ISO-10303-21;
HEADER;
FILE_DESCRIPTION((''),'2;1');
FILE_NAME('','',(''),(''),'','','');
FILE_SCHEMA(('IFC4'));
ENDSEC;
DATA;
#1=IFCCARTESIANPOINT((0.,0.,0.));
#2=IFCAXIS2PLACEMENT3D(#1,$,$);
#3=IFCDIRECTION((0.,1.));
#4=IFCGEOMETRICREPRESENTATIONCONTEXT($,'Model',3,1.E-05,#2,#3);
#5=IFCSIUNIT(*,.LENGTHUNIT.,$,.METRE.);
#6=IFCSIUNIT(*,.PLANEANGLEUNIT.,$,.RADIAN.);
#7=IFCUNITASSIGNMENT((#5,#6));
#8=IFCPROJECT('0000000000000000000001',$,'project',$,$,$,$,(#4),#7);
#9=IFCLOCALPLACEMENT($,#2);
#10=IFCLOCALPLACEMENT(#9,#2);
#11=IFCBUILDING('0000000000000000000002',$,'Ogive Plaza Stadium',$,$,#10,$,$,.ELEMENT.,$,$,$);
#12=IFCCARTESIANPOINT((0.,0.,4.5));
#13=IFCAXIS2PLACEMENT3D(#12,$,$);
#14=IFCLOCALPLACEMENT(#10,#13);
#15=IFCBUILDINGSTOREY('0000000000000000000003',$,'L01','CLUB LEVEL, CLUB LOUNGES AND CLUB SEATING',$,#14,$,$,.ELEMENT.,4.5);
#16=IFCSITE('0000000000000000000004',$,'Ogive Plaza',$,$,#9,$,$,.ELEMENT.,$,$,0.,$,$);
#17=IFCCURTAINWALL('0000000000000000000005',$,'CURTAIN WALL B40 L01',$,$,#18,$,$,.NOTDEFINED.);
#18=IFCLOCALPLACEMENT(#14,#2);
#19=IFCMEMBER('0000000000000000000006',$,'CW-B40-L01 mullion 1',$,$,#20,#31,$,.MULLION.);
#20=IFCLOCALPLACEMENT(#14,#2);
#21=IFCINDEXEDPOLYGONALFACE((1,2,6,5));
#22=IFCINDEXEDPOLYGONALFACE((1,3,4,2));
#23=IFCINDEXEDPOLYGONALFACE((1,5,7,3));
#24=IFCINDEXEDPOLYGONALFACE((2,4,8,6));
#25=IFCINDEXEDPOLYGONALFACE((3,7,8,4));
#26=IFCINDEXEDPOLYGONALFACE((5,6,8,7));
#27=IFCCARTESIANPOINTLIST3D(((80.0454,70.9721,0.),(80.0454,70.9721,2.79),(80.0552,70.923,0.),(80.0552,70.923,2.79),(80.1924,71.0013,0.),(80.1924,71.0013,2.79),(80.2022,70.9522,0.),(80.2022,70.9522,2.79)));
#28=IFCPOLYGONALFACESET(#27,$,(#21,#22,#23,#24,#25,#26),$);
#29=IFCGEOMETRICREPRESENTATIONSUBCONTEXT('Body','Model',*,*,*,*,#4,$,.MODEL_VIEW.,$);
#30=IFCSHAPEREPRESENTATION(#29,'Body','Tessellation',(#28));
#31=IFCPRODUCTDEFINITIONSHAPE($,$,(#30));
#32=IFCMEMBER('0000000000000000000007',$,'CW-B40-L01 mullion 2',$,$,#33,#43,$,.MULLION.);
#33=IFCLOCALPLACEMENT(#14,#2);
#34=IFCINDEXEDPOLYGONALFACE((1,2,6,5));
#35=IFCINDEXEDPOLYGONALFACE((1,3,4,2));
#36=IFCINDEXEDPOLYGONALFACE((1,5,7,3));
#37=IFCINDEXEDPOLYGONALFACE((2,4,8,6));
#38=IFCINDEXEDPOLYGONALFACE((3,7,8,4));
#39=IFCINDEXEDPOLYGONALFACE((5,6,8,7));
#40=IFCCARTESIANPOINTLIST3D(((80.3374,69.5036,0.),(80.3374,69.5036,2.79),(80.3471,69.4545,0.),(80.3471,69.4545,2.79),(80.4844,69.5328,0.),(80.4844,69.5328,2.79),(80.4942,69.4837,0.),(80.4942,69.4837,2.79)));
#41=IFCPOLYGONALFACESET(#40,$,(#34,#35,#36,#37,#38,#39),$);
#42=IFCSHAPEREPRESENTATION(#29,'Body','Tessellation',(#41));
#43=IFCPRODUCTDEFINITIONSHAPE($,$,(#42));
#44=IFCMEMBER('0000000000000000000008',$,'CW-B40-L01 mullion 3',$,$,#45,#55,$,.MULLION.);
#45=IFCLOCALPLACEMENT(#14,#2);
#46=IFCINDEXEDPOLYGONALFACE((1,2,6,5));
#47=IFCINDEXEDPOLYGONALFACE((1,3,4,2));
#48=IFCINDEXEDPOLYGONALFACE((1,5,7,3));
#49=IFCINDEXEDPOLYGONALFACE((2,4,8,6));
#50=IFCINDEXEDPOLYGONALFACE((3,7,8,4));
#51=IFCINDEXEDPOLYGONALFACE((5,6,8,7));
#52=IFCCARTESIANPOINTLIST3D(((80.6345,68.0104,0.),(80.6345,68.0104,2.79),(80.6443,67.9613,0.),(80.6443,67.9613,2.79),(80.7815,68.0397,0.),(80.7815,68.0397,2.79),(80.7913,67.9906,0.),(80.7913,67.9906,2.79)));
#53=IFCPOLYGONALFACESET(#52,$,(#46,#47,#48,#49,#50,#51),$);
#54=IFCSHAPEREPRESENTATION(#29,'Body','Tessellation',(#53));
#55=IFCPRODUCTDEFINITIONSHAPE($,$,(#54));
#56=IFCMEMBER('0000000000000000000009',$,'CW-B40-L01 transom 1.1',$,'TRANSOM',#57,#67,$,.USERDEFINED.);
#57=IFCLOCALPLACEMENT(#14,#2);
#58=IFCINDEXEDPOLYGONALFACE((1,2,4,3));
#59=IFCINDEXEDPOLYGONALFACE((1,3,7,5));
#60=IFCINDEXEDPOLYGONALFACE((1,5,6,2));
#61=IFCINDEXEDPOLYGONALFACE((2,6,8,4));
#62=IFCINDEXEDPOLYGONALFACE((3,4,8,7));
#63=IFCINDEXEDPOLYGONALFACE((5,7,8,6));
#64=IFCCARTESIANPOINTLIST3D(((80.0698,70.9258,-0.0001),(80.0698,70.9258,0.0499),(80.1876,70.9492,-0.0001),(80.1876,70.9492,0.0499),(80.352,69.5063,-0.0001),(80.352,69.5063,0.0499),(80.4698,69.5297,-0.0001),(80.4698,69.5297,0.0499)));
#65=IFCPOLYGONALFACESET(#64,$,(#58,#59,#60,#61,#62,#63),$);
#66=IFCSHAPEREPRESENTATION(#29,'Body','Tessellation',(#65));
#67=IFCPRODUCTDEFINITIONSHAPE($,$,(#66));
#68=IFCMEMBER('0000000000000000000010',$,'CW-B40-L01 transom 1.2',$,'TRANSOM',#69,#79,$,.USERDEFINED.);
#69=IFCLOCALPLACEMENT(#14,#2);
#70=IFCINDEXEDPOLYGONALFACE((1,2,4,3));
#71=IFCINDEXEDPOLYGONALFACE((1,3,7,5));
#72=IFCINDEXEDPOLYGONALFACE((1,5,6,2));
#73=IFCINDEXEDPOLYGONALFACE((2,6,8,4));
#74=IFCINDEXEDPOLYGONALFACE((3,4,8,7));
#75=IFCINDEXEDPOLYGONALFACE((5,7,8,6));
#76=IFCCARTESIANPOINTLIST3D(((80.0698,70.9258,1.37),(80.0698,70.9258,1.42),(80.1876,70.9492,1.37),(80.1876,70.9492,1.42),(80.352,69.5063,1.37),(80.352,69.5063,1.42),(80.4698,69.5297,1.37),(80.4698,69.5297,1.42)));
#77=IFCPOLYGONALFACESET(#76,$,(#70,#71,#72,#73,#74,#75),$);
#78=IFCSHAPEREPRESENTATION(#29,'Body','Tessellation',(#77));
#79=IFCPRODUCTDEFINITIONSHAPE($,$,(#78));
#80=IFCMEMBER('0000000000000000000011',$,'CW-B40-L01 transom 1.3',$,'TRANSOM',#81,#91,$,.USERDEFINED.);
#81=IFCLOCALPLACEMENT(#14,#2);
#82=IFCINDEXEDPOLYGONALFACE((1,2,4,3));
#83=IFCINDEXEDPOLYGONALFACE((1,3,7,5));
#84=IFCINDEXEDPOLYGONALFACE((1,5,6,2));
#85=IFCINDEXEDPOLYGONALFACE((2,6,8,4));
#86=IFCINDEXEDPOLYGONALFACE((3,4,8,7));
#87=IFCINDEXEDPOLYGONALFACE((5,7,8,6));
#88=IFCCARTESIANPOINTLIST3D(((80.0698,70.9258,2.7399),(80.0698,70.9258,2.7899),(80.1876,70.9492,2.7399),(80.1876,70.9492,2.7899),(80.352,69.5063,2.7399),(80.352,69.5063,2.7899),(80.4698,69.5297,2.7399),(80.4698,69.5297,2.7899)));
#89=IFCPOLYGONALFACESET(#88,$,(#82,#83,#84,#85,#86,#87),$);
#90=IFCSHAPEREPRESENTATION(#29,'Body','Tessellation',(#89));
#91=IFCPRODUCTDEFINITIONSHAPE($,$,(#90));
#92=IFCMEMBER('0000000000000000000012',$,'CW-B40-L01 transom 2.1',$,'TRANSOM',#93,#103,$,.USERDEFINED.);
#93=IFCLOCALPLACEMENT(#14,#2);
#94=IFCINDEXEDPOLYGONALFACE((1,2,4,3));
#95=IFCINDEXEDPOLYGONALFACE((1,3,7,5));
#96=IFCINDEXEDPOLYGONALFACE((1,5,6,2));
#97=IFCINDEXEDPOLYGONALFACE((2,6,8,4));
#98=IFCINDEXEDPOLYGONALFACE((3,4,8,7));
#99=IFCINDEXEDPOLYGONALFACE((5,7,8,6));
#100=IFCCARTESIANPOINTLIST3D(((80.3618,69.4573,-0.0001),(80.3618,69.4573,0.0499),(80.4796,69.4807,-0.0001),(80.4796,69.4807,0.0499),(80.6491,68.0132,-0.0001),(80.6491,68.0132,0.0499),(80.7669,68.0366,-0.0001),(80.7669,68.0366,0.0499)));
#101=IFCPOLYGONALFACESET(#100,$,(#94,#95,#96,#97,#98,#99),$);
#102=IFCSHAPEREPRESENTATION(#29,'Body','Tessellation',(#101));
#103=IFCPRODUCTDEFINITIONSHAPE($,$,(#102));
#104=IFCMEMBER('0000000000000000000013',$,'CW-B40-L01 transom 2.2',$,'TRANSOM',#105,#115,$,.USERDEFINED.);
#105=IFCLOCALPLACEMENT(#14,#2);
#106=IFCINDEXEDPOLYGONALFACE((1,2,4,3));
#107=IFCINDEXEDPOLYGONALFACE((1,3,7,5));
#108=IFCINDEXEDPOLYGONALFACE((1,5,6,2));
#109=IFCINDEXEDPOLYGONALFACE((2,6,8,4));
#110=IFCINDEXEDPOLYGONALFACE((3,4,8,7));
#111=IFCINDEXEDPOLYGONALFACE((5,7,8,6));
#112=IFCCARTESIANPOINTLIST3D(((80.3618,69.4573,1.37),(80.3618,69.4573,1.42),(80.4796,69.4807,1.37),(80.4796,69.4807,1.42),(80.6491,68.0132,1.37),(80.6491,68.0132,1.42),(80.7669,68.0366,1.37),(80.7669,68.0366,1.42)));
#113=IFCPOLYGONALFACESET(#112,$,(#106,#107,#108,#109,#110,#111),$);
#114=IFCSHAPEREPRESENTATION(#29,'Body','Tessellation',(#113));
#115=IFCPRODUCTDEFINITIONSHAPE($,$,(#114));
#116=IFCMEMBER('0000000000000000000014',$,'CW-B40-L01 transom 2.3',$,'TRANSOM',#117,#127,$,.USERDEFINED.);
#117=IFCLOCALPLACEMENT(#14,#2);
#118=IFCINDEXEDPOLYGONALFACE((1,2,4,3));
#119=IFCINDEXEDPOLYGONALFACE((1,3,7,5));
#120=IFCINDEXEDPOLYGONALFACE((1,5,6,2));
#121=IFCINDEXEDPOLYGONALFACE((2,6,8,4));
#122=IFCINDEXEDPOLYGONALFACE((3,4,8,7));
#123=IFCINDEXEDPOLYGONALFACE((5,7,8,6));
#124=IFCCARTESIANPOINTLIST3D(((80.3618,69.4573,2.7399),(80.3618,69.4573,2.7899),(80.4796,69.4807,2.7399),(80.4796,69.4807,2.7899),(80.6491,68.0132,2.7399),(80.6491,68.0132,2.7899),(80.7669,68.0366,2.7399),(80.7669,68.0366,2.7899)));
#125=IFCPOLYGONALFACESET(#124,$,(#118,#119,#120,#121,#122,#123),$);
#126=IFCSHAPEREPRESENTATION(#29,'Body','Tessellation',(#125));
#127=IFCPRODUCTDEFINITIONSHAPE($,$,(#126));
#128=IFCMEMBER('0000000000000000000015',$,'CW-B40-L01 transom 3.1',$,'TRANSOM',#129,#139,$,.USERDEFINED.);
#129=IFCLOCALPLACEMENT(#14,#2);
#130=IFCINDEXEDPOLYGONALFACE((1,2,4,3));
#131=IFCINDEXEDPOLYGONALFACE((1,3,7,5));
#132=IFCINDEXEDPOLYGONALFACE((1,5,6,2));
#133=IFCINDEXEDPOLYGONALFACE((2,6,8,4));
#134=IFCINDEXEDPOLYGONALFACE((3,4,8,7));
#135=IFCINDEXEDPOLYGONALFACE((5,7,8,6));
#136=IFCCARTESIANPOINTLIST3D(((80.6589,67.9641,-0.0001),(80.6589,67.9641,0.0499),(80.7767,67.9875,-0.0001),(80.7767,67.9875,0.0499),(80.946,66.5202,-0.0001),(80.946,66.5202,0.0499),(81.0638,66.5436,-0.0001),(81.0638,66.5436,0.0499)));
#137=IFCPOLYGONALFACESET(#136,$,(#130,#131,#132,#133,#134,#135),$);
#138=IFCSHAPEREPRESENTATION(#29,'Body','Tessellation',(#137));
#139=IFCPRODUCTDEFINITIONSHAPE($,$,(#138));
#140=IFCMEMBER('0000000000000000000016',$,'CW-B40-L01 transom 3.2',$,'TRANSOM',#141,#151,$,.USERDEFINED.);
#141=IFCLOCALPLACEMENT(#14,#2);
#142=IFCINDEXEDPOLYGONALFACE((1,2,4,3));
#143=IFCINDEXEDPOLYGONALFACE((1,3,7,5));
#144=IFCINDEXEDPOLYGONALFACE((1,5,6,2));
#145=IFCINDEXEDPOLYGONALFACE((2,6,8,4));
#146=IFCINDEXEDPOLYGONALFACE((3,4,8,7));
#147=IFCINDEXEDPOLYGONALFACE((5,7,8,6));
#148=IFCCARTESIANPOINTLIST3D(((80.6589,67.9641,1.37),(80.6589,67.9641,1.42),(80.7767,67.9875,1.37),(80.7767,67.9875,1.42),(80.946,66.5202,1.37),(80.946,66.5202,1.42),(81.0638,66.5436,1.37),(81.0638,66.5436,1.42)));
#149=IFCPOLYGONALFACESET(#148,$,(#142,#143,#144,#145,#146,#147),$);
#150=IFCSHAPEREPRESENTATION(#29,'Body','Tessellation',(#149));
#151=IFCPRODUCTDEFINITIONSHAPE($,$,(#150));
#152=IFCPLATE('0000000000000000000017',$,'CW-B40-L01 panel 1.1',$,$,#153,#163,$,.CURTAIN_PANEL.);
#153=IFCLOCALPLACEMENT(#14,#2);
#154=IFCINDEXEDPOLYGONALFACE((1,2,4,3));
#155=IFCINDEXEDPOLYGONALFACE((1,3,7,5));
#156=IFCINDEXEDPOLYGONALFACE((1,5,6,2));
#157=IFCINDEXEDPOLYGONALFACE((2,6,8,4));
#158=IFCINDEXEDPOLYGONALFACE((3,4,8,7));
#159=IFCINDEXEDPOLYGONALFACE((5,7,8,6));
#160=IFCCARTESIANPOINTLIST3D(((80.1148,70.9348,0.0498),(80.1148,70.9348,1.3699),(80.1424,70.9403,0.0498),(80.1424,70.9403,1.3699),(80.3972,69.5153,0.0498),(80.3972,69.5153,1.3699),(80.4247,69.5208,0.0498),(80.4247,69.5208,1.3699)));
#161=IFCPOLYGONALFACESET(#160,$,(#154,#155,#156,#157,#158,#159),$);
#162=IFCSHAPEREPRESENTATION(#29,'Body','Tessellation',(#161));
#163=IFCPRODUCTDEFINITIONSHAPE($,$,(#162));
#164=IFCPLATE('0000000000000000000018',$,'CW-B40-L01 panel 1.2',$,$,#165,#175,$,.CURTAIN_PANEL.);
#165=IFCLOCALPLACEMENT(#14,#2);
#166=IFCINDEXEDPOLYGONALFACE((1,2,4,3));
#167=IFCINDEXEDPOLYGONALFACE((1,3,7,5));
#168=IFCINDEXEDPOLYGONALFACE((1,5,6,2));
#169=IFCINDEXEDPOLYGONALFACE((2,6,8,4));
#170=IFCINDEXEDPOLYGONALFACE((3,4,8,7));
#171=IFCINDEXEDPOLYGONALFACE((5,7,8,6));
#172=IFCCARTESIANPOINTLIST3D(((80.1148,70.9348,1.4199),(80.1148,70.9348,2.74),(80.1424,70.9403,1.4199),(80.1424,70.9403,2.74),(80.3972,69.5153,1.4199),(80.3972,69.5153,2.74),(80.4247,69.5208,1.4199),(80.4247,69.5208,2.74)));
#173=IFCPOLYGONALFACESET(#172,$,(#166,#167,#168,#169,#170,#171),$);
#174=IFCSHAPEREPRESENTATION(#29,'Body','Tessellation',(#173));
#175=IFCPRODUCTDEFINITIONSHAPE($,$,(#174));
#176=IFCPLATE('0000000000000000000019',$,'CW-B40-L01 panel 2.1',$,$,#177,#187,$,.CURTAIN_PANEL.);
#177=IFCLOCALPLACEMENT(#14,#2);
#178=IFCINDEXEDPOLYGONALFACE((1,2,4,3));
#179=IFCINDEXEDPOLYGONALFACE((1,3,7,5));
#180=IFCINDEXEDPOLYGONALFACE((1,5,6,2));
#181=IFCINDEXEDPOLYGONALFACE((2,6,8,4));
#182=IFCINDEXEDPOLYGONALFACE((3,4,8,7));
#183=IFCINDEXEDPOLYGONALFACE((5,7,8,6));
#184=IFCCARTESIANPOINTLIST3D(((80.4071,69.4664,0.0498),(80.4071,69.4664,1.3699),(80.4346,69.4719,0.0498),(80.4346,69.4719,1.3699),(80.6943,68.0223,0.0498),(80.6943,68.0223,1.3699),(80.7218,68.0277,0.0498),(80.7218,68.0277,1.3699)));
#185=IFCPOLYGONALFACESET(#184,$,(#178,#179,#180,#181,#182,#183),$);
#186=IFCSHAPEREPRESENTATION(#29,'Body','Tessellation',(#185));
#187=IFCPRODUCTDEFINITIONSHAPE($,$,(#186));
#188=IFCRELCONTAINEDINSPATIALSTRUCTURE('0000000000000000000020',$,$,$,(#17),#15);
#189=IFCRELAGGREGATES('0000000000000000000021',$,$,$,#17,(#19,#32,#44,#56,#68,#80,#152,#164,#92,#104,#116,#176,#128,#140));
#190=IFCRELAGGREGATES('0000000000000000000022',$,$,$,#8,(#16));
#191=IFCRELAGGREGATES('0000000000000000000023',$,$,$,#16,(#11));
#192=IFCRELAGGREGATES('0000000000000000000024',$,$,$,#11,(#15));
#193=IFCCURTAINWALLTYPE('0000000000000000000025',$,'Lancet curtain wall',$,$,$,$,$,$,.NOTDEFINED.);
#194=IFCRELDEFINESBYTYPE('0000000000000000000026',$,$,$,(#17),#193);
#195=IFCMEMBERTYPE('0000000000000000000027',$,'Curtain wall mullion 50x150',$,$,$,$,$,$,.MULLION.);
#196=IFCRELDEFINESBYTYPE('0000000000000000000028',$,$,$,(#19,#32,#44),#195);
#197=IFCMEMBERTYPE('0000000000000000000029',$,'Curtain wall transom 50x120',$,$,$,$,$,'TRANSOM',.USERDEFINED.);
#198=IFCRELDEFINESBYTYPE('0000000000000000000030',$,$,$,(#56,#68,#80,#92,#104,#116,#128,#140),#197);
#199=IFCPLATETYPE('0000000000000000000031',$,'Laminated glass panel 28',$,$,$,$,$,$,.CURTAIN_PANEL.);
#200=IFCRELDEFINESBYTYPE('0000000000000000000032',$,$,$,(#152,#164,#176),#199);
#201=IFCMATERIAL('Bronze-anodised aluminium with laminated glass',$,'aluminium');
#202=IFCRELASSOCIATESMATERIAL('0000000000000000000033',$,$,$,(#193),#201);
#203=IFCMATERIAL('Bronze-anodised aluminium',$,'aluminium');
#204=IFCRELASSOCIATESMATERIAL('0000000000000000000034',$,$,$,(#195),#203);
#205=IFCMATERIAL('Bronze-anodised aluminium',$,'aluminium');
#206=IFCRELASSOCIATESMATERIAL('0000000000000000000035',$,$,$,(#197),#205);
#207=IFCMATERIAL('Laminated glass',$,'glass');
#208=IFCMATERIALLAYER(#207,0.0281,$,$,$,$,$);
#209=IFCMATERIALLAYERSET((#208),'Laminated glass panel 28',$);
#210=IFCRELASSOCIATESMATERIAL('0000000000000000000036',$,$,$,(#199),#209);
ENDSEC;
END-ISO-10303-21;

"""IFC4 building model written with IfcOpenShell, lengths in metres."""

from ifc_helpers import new_model, si_unit, direction, frame, origin, origin_2d, place, context, subcontext, project, spatial, rectangle, extrude, material, layer, layer_set, material_profile, profile_set, type_object, element, aggregate, save


model = new_model("IFC4")

# Units and contexts
model_context = context("Model", 3, precision=1e-05, world=origin(), true_north=direction((0.0, 1.0)))
body_context = subcontext(model_context, "Body", "Model", "MODEL_VIEW")
ifc_project = project(units=[si_unit("LENGTHUNIT", "METRE"), si_unit("PLANEANGLEUNIT", "RADIAN")], contexts=[model_context])

# Site, building, storey
site_placement = place(None, origin())
site = spatial("IfcSite", under=ifc_project, at=site_placement, Name="Ogive Plaza", CompositionType="ELEMENT", RefElevation=0.0)
building_placement = place(site_placement, origin())
building = spatial("IfcBuilding", under=site, at=building_placement, Name="Ogive Plaza Stadium", CompositionType="ELEMENT")
storey_placement = place(building_placement, frame((0.0, 0.0, 4.5)))
storey = spatial("IfcBuildingStorey", under=building, at=storey_placement, Name="L01", Description="CLUB LEVEL, CLUB LOUNGES AND CLUB SEATING", CompositionType="ELEMENT", Elevation=4.5)

# Curtain wall, members, plates
ifc_material_1 = material(Name="Bronze-anodised aluminium with laminated glass", Category="aluminium")
curtain_wall_type = type_object("IfcCurtainWallType", Name="Lancet curtain wall", PredefinedType="NOTDEFINED", material=ifc_material_1)
curtain_wall_placement = place(storey_placement, origin())
curtain_wall = element("IfcCurtainWall", 1, at=curtain_wall_placement, inside=storey, type_object=curtain_wall_type, Name="CURTAIN WALL B40 L01", PredefinedType="NOTDEFINED")
ifc_material_2 = material(Name="Bronze-anodised aluminium", Category="aluminium")
ifc_material_profile_1 = material_profile(ifc_material_2, rectangle(XDim=0.1499, YDim=0.05, at=origin_2d()), Name="AL 150x50")
ifc_profile_set_1 = profile_set([ifc_material_profile_1], Name="Bronze-anodised aluminium")
member_type_1 = type_object("IfcMemberType", Name="Curtain wall mullion 50x150", PredefinedType="MULLION", material=ifc_profile_set_1)
member_1_placement = place(storey_placement, frame((80.1238, 70.9622, 0.0), z_axis=(0.0, 0.0, 1.0), x_axis=(0.980785, 0.19509, 0.0)))
member_1 = element("IfcMember", 2, at=member_1_placement, type_object=member_type_1, Name="CW-B40-L01 mullion 1", PredefinedType="MULLION", context=body_context, shape_type="SweptSolid", body=[
    extrude(rectangle(XDim=0.1499, YDim=0.05, at=origin_2d()), origin(), (0.0, 0.0, 1.0), 2.79),
])
member_2_placement = place(storey_placement, frame((80.4158, 69.4937, 0.0), z_axis=(0.0, 0.0, 1.0), x_axis=(0.980785, 0.19509, 0.0)))
member_2 = element("IfcMember", 3, at=member_2_placement, type_object=member_type_1, Name="CW-B40-L01 mullion 2", PredefinedType="MULLION", context=body_context, shape_type="SweptSolid", body=[
    extrude(rectangle(XDim=0.1499, YDim=0.05, at=origin_2d()), origin(), (0.0, 0.0, 1.0), 2.79),
])
member_3_placement = place(storey_placement, frame((80.7129, 68.0005, 0.0), z_axis=(0.0, 0.0, 1.0), x_axis=(0.980785, 0.19509, 0.0)))
member_3 = element("IfcMember", 4, at=member_3_placement, type_object=member_type_1, Name="CW-B40-L01 mullion 3", PredefinedType="MULLION", context=body_context, shape_type="SweptSolid", body=[
    extrude(rectangle(XDim=0.1499, YDim=0.05, at=origin_2d()), origin(), (0.0, 0.0, 1.0), 2.79),
])
ifc_material_3 = material(Name="Bronze-anodised aluminium", Category="aluminium")
ifc_material_profile_2 = material_profile(ifc_material_3, rectangle(XDim=0.1201, YDim=0.05, at=origin_2d()), Name="AL 120x50")
ifc_profile_set_2 = profile_set([ifc_material_profile_2], Name="Bronze-anodised aluminium")
member_type_2 = type_object("IfcMemberType", Name="Curtain wall transom 50x120", ElementType="TRANSOM", PredefinedType="USERDEFINED", material=ifc_profile_set_2)
member_4_placement = place(storey_placement, frame((80.1287, 70.9375, 0.0249), z_axis=(0.195013, -0.980801, 0.0), x_axis=(0.980801, 0.195013, 0.0)))
member_4 = element("IfcMember", 5, at=member_4_placement, type_object=member_type_2, Name="CW-B40-L01 transom 1.1", ObjectType="TRANSOM", PredefinedType="USERDEFINED", context=body_context, shape_type="SweptSolid", body=[
    extrude(rectangle(XDim=0.1201, YDim=0.05, at=origin_2d()), origin(), (0.0, 0.0, 1.0), 1.4473),
])
member_5_placement = place(storey_placement, frame((80.1287, 70.9375, 1.395), z_axis=(0.195013, -0.980801, 0.0), x_axis=(0.980801, 0.195013, 0.0)))
member_5 = element("IfcMember", 6, at=member_5_placement, type_object=member_type_2, Name="CW-B40-L01 transom 1.2", ObjectType="TRANSOM", PredefinedType="USERDEFINED", context=body_context, shape_type="SweptSolid", body=[
    extrude(rectangle(XDim=0.1201, YDim=0.05, at=origin_2d()), origin(), (0.0, 0.0, 1.0), 1.4473),
])
member_6_placement = place(storey_placement, frame((80.1287, 70.9375, 2.7649), z_axis=(0.195013, -0.980801, 0.0), x_axis=(0.980801, 0.195013, 0.0)))
member_6 = element("IfcMember", 7, at=member_6_placement, type_object=member_type_2, Name="CW-B40-L01 transom 1.3", ObjectType="TRANSOM", PredefinedType="USERDEFINED", context=body_context, shape_type="SweptSolid", body=[
    extrude(rectangle(XDim=0.1201, YDim=0.05, at=origin_2d()), origin(), (0.0, 0.0, 1.0), 1.4473),
])
member_7_placement = place(storey_placement, frame((80.4207, 69.469, 0.0249), z_axis=(0.195159, -0.980772, 0.0), x_axis=(0.980772, 0.195159, 0.0)))
member_7 = element("IfcMember", 8, at=member_7_placement, type_object=member_type_2, Name="CW-B40-L01 transom 2.1", ObjectType="TRANSOM", PredefinedType="USERDEFINED", context=body_context, shape_type="SweptSolid", body=[
    extrude(rectangle(XDim=0.1201, YDim=0.05, at=origin_2d()), origin(), (0.0, 0.0, 1.0), 1.4724),
])
member_8_placement = place(storey_placement, frame((80.4207, 69.469, 1.395), z_axis=(0.195159, -0.980772, 0.0), x_axis=(0.980772, 0.195159, 0.0)))
member_8 = element("IfcMember", 9, at=member_8_placement, type_object=member_type_2, Name="CW-B40-L01 transom 2.2", ObjectType="TRANSOM", PredefinedType="USERDEFINED", context=body_context, shape_type="SweptSolid", body=[
    extrude(rectangle(XDim=0.1201, YDim=0.05, at=origin_2d()), origin(), (0.0, 0.0, 1.0), 1.4724),
])
member_9_placement = place(storey_placement, frame((80.4207, 69.469, 2.7649), z_axis=(0.195159, -0.980772, 0.0), x_axis=(0.980772, 0.195159, 0.0)))
member_9 = element("IfcMember", 10, at=member_9_placement, type_object=member_type_2, Name="CW-B40-L01 transom 2.3", ObjectType="TRANSOM", PredefinedType="USERDEFINED", context=body_context, shape_type="SweptSolid", body=[
    extrude(rectangle(XDim=0.1201, YDim=0.05, at=origin_2d()), origin(), (0.0, 0.0, 1.0), 1.4724),
])
member_10_placement = place(storey_placement, frame((80.7178, 67.9758, 0.0249), z_axis=(0.195032, -0.980797, 0.0), x_axis=(0.980797, 0.195032, 0.0)))
member_10 = element("IfcMember", 11, at=member_10_placement, type_object=member_type_2, Name="CW-B40-L01 transom 3.1", ObjectType="TRANSOM", PredefinedType="USERDEFINED", context=body_context, shape_type="SweptSolid", body=[
    extrude(rectangle(XDim=0.1201, YDim=0.05, at=origin_2d()), origin(), (0.0, 0.0, 1.0), 1.4722),
])
member_11_placement = place(storey_placement, frame((80.7178, 67.9758, 1.395), z_axis=(0.195032, -0.980797, 0.0), x_axis=(0.980797, 0.195032, 0.0)))
member_11 = element("IfcMember", 12, at=member_11_placement, type_object=member_type_2, Name="CW-B40-L01 transom 3.2", ObjectType="TRANSOM", PredefinedType="USERDEFINED", context=body_context, shape_type="SweptSolid", body=[
    extrude(rectangle(XDim=0.1201, YDim=0.05, at=origin_2d()), origin(), (0.0, 0.0, 1.0), 1.4722),
])
ifc_material_4 = material(Name="Laminated glass", Category="glass")
ifc_layer = layer(ifc_material_4, 0.0281)
ifc_layer_set = layer_set([ifc_layer], Name="Laminated glass panel 28")
plate_type = type_object("IfcPlateType", Name="Laminated glass panel 28", PredefinedType="CURTAIN_PANEL", material=ifc_layer_set)
plate_1_placement = place(storey_placement, frame((80.2698, 70.2278, 0.0498), z_axis=(0.0, 0.0, 1.0), x_axis=(0.19509, -0.980785, 0.0)))
plate_1 = element("IfcPlate", 13, at=plate_1_placement, type_object=plate_type, Name="CW-B40-L01 panel 1.1", PredefinedType="CURTAIN_PANEL", context=body_context, shape_type="SweptSolid", body=[
    extrude(rectangle(XDim=1.4473, YDim=0.0281, at=origin_2d()), origin(), (0.0, 0.0, 1.0), 1.3201),
])
plate_2_placement = place(storey_placement, frame((80.2698, 70.2278, 1.4199), z_axis=(0.0, 0.0, 1.0), x_axis=(0.19509, -0.980785, 0.0)))
plate_2 = element("IfcPlate", 14, at=plate_2_placement, type_object=plate_type, Name="CW-B40-L01 panel 1.2", PredefinedType="CURTAIN_PANEL", context=body_context, shape_type="SweptSolid", body=[
    extrude(rectangle(XDim=1.4473, YDim=0.0281, at=origin_2d()), origin(), (0.0, 0.0, 1.0), 1.3201),
])
plate_3_placement = place(storey_placement, frame((80.5645, 68.7471, 0.0498), z_axis=(0.0, 0.0, 1.0), x_axis=(0.19509, -0.980785, 0.0)))
plate_3 = element("IfcPlate", 15, at=plate_3_placement, type_object=plate_type, Name="CW-B40-L01 panel 2.1", PredefinedType="CURTAIN_PANEL", context=body_context, shape_type="SweptSolid", body=[
    extrude(rectangle(XDim=1.4724, YDim=0.0281, at=origin_2d()), origin(), (0.0, 0.0, 1.0), 1.3201),
])
aggregate(curtain_wall, [member_1, member_2, member_3, member_4, member_5, member_6, plate_1, plate_2, member_7, member_8, member_9, plate_3, member_10, member_11])

save(model, "model.ifc")
